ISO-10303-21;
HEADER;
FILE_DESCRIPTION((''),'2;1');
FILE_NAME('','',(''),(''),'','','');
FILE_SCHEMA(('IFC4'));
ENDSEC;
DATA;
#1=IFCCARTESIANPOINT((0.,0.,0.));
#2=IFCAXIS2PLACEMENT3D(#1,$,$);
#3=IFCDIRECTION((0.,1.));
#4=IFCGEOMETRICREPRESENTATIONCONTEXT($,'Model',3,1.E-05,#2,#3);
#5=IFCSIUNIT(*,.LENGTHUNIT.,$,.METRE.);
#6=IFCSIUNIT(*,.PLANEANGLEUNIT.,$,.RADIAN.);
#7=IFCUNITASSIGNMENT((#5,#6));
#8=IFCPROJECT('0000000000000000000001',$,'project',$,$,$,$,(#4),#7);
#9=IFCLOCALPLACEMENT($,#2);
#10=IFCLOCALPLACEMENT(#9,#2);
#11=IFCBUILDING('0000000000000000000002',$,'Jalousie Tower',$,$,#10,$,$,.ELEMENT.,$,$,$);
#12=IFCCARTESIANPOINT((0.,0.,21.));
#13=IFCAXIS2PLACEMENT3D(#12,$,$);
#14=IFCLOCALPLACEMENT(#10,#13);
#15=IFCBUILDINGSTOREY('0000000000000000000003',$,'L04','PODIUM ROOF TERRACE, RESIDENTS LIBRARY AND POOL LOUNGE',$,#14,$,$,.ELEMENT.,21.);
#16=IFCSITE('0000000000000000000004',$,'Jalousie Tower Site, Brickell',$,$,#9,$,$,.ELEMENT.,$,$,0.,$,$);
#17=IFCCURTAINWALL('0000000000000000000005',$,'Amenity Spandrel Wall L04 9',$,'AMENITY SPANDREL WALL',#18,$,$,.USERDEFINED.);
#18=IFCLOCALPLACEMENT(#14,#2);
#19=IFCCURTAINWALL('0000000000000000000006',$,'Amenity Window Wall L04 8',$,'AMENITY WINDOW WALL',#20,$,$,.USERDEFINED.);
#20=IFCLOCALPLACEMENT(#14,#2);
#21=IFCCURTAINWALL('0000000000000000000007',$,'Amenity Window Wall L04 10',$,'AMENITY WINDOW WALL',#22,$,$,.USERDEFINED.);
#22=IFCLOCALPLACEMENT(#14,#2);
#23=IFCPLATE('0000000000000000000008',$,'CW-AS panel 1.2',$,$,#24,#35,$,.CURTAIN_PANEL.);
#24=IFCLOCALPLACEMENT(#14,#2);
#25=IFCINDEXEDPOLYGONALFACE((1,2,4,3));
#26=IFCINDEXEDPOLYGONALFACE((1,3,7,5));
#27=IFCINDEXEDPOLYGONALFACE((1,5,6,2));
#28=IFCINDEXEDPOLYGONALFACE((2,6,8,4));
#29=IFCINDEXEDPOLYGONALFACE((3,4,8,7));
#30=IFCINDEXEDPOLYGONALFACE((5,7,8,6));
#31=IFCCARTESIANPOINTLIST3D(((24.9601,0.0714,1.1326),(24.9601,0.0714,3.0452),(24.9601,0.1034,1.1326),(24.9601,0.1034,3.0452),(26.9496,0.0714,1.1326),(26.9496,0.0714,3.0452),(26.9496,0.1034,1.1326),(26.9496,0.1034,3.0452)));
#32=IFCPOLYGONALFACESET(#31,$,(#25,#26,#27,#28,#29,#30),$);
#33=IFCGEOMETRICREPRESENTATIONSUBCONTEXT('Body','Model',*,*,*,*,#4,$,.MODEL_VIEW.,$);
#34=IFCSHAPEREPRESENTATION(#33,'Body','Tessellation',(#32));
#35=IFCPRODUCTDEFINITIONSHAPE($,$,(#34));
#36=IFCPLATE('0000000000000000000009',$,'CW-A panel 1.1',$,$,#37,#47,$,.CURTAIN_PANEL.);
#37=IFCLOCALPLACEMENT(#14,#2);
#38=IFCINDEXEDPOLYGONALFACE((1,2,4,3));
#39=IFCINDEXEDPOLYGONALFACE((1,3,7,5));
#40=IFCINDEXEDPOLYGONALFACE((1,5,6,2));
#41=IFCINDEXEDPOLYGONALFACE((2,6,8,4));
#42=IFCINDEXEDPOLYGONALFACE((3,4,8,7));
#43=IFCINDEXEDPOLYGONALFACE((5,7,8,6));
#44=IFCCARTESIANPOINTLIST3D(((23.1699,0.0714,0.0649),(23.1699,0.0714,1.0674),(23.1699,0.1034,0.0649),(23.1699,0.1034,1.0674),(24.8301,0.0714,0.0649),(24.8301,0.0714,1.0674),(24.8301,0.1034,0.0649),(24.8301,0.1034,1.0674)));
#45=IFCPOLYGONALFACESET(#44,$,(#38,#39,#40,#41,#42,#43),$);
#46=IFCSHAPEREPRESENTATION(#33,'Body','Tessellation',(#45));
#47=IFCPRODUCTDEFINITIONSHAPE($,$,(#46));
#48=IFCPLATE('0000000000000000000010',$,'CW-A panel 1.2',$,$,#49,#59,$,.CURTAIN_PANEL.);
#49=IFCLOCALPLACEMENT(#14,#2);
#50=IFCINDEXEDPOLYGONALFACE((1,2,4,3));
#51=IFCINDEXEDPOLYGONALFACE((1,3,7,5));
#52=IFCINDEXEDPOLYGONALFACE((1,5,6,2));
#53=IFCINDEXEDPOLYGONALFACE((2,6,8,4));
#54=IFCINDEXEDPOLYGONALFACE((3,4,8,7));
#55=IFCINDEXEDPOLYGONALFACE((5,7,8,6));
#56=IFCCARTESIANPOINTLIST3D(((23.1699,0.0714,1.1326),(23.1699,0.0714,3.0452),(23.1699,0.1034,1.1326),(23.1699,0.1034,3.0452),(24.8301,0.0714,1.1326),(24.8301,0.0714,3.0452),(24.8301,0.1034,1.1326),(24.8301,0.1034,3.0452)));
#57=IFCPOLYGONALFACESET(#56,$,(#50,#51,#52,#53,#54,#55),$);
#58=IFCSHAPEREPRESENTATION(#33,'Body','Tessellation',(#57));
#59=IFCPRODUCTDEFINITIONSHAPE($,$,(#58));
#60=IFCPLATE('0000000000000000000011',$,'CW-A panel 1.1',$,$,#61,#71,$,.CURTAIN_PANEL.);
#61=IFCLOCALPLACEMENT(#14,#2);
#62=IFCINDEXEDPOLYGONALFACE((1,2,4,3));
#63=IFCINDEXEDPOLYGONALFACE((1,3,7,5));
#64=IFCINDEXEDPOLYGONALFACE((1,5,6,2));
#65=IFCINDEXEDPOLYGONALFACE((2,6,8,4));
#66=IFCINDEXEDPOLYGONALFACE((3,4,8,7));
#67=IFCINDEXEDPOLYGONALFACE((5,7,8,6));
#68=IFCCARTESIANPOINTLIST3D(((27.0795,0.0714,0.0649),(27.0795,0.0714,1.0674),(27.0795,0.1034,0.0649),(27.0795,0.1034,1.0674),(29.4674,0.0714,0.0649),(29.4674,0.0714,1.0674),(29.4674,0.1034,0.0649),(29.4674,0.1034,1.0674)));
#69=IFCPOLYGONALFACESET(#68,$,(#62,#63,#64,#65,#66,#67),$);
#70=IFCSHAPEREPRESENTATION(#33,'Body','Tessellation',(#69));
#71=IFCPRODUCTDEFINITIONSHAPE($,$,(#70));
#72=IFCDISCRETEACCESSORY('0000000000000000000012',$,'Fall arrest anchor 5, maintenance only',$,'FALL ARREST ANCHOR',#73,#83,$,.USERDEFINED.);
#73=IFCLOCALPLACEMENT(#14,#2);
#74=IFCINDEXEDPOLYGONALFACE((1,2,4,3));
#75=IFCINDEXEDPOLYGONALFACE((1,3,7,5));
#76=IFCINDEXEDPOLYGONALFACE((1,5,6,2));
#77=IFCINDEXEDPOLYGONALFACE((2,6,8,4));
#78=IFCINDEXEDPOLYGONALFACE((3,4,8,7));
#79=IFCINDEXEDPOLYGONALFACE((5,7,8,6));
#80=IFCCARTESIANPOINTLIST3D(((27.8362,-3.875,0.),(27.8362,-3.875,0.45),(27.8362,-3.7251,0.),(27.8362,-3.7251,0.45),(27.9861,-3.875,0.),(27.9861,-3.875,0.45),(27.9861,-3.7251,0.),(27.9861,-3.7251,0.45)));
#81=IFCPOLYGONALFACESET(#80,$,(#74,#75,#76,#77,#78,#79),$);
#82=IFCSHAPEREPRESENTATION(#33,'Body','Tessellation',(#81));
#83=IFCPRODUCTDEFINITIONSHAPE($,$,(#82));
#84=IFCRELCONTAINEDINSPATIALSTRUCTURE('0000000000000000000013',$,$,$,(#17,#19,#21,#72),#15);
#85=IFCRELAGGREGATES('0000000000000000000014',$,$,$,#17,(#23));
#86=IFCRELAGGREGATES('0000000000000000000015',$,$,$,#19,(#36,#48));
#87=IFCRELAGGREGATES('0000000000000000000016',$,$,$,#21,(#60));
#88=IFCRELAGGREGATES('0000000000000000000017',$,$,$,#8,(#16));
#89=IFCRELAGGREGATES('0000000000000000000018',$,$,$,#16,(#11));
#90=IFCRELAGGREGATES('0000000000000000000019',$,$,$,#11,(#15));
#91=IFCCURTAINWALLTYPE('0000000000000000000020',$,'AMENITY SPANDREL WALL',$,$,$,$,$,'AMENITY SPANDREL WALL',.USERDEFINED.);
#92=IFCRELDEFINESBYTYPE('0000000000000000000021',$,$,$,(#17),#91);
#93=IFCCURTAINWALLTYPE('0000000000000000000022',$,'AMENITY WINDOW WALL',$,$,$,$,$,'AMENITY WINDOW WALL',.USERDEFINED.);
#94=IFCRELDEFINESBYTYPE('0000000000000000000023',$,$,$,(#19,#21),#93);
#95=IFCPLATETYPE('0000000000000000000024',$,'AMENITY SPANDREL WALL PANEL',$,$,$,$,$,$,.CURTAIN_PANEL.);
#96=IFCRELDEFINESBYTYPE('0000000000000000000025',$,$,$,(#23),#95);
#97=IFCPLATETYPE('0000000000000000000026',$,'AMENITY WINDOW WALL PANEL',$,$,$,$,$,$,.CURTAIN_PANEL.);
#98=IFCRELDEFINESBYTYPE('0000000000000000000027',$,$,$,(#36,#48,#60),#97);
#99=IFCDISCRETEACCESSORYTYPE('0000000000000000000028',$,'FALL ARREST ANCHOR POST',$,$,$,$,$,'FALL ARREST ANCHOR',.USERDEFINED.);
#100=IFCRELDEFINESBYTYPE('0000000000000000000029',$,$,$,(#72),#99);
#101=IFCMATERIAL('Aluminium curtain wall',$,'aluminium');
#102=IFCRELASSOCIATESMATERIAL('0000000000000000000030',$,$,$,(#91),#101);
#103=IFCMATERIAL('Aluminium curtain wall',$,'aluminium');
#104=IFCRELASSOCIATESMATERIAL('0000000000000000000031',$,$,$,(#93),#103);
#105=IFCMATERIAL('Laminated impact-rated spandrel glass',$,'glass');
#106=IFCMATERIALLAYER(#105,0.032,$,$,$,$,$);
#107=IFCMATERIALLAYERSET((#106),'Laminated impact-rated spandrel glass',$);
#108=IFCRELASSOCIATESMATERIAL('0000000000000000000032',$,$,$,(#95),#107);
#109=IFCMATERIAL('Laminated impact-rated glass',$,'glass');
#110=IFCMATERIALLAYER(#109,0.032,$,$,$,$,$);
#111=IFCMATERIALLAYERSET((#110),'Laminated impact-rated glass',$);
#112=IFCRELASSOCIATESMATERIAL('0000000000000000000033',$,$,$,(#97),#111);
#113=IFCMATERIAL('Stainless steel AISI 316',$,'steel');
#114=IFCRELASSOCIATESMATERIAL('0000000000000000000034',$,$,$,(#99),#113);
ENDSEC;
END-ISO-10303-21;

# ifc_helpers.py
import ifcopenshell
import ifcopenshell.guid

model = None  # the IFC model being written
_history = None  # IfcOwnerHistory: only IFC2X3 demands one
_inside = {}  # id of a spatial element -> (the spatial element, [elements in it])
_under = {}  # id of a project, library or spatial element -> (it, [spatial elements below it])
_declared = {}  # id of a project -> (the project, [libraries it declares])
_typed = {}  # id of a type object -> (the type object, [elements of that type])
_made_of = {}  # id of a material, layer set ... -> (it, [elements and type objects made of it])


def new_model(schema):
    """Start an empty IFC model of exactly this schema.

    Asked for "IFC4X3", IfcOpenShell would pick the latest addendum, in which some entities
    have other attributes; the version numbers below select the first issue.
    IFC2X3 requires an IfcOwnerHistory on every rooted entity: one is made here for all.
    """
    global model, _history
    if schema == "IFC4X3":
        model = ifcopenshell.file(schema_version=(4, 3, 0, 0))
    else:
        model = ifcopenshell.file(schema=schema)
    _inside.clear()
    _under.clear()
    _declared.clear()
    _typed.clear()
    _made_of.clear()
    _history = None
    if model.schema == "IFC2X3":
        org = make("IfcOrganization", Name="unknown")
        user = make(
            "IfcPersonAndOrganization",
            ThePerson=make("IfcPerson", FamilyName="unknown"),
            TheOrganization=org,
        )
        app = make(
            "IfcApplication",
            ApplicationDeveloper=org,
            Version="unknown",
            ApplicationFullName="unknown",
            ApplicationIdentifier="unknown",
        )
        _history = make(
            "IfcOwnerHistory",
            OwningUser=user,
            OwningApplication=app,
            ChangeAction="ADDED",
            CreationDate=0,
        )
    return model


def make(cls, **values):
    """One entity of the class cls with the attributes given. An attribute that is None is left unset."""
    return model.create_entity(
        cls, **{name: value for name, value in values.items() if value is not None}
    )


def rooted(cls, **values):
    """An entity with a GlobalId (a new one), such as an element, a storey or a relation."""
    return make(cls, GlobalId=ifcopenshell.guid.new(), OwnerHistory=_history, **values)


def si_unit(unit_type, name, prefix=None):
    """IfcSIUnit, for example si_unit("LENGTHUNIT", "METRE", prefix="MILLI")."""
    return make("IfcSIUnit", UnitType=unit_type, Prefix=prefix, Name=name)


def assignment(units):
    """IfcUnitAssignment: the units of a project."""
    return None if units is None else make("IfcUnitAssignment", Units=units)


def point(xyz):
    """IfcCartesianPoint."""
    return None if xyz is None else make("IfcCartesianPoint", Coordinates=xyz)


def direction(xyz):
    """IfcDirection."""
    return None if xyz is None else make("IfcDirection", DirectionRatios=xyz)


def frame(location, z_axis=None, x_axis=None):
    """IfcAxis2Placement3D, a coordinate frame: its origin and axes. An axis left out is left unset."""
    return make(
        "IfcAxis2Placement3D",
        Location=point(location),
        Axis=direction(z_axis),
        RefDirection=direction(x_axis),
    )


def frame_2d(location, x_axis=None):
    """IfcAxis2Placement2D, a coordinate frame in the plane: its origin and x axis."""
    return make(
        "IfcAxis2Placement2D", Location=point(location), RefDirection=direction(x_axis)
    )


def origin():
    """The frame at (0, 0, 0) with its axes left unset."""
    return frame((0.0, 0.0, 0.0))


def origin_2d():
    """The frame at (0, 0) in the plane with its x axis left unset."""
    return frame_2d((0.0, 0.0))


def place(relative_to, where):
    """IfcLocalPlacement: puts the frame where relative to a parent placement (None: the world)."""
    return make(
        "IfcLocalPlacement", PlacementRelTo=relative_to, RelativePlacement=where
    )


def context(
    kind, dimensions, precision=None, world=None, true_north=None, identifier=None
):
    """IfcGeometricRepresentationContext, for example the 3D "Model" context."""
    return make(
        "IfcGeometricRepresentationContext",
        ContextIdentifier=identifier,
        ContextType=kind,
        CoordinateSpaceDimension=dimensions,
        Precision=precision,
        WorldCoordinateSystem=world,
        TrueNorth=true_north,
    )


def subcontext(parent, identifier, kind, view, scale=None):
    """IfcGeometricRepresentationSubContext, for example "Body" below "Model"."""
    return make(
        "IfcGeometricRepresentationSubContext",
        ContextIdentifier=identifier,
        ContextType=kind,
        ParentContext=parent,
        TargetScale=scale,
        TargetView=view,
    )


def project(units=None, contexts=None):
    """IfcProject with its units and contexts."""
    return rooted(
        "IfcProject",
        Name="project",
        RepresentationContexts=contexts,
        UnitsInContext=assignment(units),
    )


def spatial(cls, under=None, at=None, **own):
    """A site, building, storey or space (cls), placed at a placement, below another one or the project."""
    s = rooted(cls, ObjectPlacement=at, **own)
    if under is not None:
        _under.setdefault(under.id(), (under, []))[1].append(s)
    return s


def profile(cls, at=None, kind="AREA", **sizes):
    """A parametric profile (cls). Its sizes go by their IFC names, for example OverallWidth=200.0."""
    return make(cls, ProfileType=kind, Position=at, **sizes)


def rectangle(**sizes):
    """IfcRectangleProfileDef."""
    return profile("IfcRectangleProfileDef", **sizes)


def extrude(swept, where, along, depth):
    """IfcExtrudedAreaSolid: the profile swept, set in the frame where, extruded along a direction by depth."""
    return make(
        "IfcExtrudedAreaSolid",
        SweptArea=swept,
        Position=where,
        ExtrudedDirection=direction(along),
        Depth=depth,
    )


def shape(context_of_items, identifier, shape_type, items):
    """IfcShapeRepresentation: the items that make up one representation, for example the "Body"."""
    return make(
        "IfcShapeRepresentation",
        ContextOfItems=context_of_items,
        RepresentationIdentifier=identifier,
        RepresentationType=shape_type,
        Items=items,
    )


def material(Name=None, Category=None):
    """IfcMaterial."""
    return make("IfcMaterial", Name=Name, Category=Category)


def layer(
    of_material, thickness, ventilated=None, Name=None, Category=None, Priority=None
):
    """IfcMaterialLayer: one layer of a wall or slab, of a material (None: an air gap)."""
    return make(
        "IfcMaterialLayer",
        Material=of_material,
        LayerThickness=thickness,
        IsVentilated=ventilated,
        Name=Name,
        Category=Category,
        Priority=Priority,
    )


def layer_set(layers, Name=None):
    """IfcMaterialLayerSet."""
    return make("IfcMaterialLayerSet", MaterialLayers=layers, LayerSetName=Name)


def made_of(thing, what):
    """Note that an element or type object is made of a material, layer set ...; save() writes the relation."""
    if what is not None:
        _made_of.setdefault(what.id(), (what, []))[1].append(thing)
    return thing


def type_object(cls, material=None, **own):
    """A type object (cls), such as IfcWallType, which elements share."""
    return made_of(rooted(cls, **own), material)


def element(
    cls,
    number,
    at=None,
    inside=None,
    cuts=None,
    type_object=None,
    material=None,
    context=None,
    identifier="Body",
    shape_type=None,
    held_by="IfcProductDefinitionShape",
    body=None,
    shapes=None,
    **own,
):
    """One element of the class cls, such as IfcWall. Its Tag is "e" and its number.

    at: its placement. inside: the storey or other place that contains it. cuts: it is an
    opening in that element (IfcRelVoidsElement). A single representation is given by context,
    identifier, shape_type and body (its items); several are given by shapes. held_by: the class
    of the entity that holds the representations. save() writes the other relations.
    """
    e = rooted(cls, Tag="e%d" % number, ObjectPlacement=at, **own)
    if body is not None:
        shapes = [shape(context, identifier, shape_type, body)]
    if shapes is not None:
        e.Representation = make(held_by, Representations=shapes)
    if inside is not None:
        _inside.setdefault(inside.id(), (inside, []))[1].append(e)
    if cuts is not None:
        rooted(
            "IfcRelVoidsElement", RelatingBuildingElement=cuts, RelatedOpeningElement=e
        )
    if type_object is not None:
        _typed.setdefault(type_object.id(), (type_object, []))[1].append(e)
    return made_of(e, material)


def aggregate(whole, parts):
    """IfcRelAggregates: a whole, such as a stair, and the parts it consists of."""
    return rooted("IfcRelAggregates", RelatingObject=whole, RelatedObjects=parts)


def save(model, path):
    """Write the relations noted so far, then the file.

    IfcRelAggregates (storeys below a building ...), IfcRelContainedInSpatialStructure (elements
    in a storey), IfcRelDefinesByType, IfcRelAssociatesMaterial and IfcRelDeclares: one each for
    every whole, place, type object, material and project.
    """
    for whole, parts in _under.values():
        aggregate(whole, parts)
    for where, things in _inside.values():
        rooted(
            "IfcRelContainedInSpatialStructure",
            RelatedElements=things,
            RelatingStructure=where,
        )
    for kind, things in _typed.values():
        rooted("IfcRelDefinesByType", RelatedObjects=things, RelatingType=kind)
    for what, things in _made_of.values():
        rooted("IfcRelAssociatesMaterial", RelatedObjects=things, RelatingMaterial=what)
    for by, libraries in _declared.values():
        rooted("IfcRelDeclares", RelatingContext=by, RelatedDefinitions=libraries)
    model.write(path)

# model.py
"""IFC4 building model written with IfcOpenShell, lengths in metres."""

from ifc_helpers import new_model, si_unit, direction, frame, origin, origin_2d, place, context, subcontext, project, spatial, rectangle, extrude, material, layer, layer_set, type_object, element, aggregate, save


model = new_model("IFC4")

# Units and contexts
model_context = context("Model", 3, precision=1e-05, world=origin(), true_north=direction((0.0, 1.0)))
body_context = subcontext(model_context, "Body", "Model", "MODEL_VIEW")
ifc_project = project(units=[si_unit("LENGTHUNIT", "METRE"), si_unit("PLANEANGLEUNIT", "RADIAN")], contexts=[model_context])

# Site, building, storey
site_placement = place(None, origin())
site = spatial("IfcSite", under=ifc_project, at=site_placement, Name="Jalousie Tower Site, Brickell", CompositionType="ELEMENT", RefElevation=0.0)
building_placement = place(site_placement, origin())
building = spatial("IfcBuilding", under=site, at=building_placement, Name="Jalousie Tower", CompositionType="ELEMENT")
storey_placement = place(building_placement, frame((0.0, 0.0, 21.0)))
storey = spatial("IfcBuildingStorey", under=building, at=storey_placement, Name="L04", Description="PODIUM ROOF TERRACE, RESIDENTS LIBRARY AND POOL LOUNGE", CompositionType="ELEMENT", Elevation=21.0)

# Curtain wall
ifc_material_1 = material(Name="Aluminium curtain wall", Category="aluminium")
curtain_wall_type_1 = type_object("IfcCurtainWallType", Name="AMENITY SPANDREL WALL", ElementType="AMENITY SPANDREL WALL", PredefinedType="USERDEFINED", material=ifc_material_1)
curtain_wall_1_placement = place(storey_placement, origin())
curtain_wall_1 = element("IfcCurtainWall", 1, at=curtain_wall_1_placement, inside=storey, type_object=curtain_wall_type_1, Name="Amenity Spandrel Wall L04 9", ObjectType="AMENITY SPANDREL WALL", PredefinedType="USERDEFINED")

# Curtain walls
ifc_material_2 = material(Name="Aluminium curtain wall", Category="aluminium")
curtain_wall_type_2 = type_object("IfcCurtainWallType", Name="AMENITY WINDOW WALL", ElementType="AMENITY WINDOW WALL", PredefinedType="USERDEFINED", material=ifc_material_2)
curtain_wall_2_placement = place(storey_placement, origin())
curtain_wall_2 = element("IfcCurtainWall", 2, at=curtain_wall_2_placement, inside=storey, type_object=curtain_wall_type_2, Name="Amenity Window Wall L04 8", ObjectType="AMENITY WINDOW WALL", PredefinedType="USERDEFINED")
curtain_wall_3_placement = place(storey_placement, origin())
curtain_wall_3 = element("IfcCurtainWall", 3, at=curtain_wall_3_placement, inside=storey, type_object=curtain_wall_type_2, Name="Amenity Window Wall L04 10", ObjectType="AMENITY WINDOW WALL", PredefinedType="USERDEFINED")

# Plates
ifc_material_3 = material(Name="Laminated impact-rated spandrel glass", Category="glass")
ifc_layer_1 = layer(ifc_material_3, 0.032)
ifc_layer_set_1 = layer_set([ifc_layer_1], Name="Laminated impact-rated spandrel glass")
plate_type_1 = type_object("IfcPlateType", Name="AMENITY SPANDREL WALL PANEL", PredefinedType="CURTAIN_PANEL", material=ifc_layer_set_1)
plate_1_placement = place(storey_placement, frame((25.9548, 0.0874, 1.1326), z_axis=(0.0, 0.0, 1.0), x_axis=(1.0, 0.0, 0.0)))
plate_1 = element("IfcPlate", 4, at=plate_1_placement, type_object=plate_type_1, Name="CW-AS panel 1.2", PredefinedType="CURTAIN_PANEL", context=body_context, shape_type="SweptSolid", body=[
    extrude(rectangle(XDim=1.9895, YDim=0.032, at=origin_2d()), origin(), (0.0, 0.0, 1.0), 1.9126),
])
aggregate(curtain_wall_1, [plate_1])
ifc_material_4 = material(Name="Laminated impact-rated glass", Category="glass")
ifc_layer_2 = layer(ifc_material_4, 0.032)
ifc_layer_set_2 = layer_set([ifc_layer_2], Name="Laminated impact-rated glass")
plate_type_2 = type_object("IfcPlateType", Name="AMENITY WINDOW WALL PANEL", PredefinedType="CURTAIN_PANEL", material=ifc_layer_set_2)
plate_2_placement = place(storey_placement, frame((24.0, 0.0874, 0.0649), z_axis=(0.0, 0.0, 1.0), x_axis=(1.0, 0.0, 0.0)))
plate_2 = element("IfcPlate", 5, at=plate_2_placement, type_object=plate_type_2, Name="CW-A panel 1.1", PredefinedType="CURTAIN_PANEL", context=body_context, shape_type="SweptSolid", body=[
    extrude(rectangle(XDim=1.6602, YDim=0.032, at=origin_2d()), origin(), (0.0, 0.0, 1.0), 1.0024),
])
plate_3_placement = place(storey_placement, frame((24.0, 0.0874, 1.1326), z_axis=(0.0, 0.0, 1.0), x_axis=(1.0, 0.0, 0.0)))
plate_3 = element("IfcPlate", 6, at=plate_3_placement, type_object=plate_type_2, Name="CW-A panel 1.2", PredefinedType="CURTAIN_PANEL", context=body_context, shape_type="SweptSolid", body=[
    extrude(rectangle(XDim=1.6602, YDim=0.032, at=origin_2d()), origin(), (0.0, 0.0, 1.0), 1.9126),
])
aggregate(curtain_wall_2, [plate_2, plate_3])
plate_4_placement = place(storey_placement, frame((28.2734, 0.0874, 0.0649), z_axis=(0.0, 0.0, 1.0), x_axis=(1.0, 0.0, 0.0)))
plate_4 = element("IfcPlate", 7, at=plate_4_placement, type_object=plate_type_2, Name="CW-A panel 1.1", PredefinedType="CURTAIN_PANEL", context=body_context, shape_type="SweptSolid", body=[
    extrude(rectangle(XDim=2.3879, YDim=0.032, at=origin_2d()), origin(), (0.0, 0.0, 1.0), 1.0024),
])
aggregate(curtain_wall_3, [plate_4])

# Discrete accessory
ifc_material_5 = material(Name="Stainless steel AISI 316", Category="steel")
discrete_accessory_type = type_object("IfcDiscreteAccessoryType", Name="FALL ARREST ANCHOR POST", ElementType="FALL ARREST ANCHOR", PredefinedType="USERDEFINED", material=ifc_material_5)
discrete_accessory_placement = place(storey_placement, frame((27.9111, -3.8, 0.0), z_axis=(0.0, 0.0, 1.0), x_axis=(1.0, 0.0, 0.0)))
element("IfcDiscreteAccessory", 8, at=discrete_accessory_placement, inside=storey, type_object=discrete_accessory_type, Name="Fall arrest anchor 5, maintenance only", ObjectType="FALL ARREST ANCHOR", PredefinedType="USERDEFINED", context=body_context, shape_type="SweptSolid", body=[
    extrude(rectangle(XDim=0.1499, YDim=0.1499, at=origin_2d()), origin(), (0.0, 0.0, 1.0), 0.45),
])

save(model, "model.ifc")
